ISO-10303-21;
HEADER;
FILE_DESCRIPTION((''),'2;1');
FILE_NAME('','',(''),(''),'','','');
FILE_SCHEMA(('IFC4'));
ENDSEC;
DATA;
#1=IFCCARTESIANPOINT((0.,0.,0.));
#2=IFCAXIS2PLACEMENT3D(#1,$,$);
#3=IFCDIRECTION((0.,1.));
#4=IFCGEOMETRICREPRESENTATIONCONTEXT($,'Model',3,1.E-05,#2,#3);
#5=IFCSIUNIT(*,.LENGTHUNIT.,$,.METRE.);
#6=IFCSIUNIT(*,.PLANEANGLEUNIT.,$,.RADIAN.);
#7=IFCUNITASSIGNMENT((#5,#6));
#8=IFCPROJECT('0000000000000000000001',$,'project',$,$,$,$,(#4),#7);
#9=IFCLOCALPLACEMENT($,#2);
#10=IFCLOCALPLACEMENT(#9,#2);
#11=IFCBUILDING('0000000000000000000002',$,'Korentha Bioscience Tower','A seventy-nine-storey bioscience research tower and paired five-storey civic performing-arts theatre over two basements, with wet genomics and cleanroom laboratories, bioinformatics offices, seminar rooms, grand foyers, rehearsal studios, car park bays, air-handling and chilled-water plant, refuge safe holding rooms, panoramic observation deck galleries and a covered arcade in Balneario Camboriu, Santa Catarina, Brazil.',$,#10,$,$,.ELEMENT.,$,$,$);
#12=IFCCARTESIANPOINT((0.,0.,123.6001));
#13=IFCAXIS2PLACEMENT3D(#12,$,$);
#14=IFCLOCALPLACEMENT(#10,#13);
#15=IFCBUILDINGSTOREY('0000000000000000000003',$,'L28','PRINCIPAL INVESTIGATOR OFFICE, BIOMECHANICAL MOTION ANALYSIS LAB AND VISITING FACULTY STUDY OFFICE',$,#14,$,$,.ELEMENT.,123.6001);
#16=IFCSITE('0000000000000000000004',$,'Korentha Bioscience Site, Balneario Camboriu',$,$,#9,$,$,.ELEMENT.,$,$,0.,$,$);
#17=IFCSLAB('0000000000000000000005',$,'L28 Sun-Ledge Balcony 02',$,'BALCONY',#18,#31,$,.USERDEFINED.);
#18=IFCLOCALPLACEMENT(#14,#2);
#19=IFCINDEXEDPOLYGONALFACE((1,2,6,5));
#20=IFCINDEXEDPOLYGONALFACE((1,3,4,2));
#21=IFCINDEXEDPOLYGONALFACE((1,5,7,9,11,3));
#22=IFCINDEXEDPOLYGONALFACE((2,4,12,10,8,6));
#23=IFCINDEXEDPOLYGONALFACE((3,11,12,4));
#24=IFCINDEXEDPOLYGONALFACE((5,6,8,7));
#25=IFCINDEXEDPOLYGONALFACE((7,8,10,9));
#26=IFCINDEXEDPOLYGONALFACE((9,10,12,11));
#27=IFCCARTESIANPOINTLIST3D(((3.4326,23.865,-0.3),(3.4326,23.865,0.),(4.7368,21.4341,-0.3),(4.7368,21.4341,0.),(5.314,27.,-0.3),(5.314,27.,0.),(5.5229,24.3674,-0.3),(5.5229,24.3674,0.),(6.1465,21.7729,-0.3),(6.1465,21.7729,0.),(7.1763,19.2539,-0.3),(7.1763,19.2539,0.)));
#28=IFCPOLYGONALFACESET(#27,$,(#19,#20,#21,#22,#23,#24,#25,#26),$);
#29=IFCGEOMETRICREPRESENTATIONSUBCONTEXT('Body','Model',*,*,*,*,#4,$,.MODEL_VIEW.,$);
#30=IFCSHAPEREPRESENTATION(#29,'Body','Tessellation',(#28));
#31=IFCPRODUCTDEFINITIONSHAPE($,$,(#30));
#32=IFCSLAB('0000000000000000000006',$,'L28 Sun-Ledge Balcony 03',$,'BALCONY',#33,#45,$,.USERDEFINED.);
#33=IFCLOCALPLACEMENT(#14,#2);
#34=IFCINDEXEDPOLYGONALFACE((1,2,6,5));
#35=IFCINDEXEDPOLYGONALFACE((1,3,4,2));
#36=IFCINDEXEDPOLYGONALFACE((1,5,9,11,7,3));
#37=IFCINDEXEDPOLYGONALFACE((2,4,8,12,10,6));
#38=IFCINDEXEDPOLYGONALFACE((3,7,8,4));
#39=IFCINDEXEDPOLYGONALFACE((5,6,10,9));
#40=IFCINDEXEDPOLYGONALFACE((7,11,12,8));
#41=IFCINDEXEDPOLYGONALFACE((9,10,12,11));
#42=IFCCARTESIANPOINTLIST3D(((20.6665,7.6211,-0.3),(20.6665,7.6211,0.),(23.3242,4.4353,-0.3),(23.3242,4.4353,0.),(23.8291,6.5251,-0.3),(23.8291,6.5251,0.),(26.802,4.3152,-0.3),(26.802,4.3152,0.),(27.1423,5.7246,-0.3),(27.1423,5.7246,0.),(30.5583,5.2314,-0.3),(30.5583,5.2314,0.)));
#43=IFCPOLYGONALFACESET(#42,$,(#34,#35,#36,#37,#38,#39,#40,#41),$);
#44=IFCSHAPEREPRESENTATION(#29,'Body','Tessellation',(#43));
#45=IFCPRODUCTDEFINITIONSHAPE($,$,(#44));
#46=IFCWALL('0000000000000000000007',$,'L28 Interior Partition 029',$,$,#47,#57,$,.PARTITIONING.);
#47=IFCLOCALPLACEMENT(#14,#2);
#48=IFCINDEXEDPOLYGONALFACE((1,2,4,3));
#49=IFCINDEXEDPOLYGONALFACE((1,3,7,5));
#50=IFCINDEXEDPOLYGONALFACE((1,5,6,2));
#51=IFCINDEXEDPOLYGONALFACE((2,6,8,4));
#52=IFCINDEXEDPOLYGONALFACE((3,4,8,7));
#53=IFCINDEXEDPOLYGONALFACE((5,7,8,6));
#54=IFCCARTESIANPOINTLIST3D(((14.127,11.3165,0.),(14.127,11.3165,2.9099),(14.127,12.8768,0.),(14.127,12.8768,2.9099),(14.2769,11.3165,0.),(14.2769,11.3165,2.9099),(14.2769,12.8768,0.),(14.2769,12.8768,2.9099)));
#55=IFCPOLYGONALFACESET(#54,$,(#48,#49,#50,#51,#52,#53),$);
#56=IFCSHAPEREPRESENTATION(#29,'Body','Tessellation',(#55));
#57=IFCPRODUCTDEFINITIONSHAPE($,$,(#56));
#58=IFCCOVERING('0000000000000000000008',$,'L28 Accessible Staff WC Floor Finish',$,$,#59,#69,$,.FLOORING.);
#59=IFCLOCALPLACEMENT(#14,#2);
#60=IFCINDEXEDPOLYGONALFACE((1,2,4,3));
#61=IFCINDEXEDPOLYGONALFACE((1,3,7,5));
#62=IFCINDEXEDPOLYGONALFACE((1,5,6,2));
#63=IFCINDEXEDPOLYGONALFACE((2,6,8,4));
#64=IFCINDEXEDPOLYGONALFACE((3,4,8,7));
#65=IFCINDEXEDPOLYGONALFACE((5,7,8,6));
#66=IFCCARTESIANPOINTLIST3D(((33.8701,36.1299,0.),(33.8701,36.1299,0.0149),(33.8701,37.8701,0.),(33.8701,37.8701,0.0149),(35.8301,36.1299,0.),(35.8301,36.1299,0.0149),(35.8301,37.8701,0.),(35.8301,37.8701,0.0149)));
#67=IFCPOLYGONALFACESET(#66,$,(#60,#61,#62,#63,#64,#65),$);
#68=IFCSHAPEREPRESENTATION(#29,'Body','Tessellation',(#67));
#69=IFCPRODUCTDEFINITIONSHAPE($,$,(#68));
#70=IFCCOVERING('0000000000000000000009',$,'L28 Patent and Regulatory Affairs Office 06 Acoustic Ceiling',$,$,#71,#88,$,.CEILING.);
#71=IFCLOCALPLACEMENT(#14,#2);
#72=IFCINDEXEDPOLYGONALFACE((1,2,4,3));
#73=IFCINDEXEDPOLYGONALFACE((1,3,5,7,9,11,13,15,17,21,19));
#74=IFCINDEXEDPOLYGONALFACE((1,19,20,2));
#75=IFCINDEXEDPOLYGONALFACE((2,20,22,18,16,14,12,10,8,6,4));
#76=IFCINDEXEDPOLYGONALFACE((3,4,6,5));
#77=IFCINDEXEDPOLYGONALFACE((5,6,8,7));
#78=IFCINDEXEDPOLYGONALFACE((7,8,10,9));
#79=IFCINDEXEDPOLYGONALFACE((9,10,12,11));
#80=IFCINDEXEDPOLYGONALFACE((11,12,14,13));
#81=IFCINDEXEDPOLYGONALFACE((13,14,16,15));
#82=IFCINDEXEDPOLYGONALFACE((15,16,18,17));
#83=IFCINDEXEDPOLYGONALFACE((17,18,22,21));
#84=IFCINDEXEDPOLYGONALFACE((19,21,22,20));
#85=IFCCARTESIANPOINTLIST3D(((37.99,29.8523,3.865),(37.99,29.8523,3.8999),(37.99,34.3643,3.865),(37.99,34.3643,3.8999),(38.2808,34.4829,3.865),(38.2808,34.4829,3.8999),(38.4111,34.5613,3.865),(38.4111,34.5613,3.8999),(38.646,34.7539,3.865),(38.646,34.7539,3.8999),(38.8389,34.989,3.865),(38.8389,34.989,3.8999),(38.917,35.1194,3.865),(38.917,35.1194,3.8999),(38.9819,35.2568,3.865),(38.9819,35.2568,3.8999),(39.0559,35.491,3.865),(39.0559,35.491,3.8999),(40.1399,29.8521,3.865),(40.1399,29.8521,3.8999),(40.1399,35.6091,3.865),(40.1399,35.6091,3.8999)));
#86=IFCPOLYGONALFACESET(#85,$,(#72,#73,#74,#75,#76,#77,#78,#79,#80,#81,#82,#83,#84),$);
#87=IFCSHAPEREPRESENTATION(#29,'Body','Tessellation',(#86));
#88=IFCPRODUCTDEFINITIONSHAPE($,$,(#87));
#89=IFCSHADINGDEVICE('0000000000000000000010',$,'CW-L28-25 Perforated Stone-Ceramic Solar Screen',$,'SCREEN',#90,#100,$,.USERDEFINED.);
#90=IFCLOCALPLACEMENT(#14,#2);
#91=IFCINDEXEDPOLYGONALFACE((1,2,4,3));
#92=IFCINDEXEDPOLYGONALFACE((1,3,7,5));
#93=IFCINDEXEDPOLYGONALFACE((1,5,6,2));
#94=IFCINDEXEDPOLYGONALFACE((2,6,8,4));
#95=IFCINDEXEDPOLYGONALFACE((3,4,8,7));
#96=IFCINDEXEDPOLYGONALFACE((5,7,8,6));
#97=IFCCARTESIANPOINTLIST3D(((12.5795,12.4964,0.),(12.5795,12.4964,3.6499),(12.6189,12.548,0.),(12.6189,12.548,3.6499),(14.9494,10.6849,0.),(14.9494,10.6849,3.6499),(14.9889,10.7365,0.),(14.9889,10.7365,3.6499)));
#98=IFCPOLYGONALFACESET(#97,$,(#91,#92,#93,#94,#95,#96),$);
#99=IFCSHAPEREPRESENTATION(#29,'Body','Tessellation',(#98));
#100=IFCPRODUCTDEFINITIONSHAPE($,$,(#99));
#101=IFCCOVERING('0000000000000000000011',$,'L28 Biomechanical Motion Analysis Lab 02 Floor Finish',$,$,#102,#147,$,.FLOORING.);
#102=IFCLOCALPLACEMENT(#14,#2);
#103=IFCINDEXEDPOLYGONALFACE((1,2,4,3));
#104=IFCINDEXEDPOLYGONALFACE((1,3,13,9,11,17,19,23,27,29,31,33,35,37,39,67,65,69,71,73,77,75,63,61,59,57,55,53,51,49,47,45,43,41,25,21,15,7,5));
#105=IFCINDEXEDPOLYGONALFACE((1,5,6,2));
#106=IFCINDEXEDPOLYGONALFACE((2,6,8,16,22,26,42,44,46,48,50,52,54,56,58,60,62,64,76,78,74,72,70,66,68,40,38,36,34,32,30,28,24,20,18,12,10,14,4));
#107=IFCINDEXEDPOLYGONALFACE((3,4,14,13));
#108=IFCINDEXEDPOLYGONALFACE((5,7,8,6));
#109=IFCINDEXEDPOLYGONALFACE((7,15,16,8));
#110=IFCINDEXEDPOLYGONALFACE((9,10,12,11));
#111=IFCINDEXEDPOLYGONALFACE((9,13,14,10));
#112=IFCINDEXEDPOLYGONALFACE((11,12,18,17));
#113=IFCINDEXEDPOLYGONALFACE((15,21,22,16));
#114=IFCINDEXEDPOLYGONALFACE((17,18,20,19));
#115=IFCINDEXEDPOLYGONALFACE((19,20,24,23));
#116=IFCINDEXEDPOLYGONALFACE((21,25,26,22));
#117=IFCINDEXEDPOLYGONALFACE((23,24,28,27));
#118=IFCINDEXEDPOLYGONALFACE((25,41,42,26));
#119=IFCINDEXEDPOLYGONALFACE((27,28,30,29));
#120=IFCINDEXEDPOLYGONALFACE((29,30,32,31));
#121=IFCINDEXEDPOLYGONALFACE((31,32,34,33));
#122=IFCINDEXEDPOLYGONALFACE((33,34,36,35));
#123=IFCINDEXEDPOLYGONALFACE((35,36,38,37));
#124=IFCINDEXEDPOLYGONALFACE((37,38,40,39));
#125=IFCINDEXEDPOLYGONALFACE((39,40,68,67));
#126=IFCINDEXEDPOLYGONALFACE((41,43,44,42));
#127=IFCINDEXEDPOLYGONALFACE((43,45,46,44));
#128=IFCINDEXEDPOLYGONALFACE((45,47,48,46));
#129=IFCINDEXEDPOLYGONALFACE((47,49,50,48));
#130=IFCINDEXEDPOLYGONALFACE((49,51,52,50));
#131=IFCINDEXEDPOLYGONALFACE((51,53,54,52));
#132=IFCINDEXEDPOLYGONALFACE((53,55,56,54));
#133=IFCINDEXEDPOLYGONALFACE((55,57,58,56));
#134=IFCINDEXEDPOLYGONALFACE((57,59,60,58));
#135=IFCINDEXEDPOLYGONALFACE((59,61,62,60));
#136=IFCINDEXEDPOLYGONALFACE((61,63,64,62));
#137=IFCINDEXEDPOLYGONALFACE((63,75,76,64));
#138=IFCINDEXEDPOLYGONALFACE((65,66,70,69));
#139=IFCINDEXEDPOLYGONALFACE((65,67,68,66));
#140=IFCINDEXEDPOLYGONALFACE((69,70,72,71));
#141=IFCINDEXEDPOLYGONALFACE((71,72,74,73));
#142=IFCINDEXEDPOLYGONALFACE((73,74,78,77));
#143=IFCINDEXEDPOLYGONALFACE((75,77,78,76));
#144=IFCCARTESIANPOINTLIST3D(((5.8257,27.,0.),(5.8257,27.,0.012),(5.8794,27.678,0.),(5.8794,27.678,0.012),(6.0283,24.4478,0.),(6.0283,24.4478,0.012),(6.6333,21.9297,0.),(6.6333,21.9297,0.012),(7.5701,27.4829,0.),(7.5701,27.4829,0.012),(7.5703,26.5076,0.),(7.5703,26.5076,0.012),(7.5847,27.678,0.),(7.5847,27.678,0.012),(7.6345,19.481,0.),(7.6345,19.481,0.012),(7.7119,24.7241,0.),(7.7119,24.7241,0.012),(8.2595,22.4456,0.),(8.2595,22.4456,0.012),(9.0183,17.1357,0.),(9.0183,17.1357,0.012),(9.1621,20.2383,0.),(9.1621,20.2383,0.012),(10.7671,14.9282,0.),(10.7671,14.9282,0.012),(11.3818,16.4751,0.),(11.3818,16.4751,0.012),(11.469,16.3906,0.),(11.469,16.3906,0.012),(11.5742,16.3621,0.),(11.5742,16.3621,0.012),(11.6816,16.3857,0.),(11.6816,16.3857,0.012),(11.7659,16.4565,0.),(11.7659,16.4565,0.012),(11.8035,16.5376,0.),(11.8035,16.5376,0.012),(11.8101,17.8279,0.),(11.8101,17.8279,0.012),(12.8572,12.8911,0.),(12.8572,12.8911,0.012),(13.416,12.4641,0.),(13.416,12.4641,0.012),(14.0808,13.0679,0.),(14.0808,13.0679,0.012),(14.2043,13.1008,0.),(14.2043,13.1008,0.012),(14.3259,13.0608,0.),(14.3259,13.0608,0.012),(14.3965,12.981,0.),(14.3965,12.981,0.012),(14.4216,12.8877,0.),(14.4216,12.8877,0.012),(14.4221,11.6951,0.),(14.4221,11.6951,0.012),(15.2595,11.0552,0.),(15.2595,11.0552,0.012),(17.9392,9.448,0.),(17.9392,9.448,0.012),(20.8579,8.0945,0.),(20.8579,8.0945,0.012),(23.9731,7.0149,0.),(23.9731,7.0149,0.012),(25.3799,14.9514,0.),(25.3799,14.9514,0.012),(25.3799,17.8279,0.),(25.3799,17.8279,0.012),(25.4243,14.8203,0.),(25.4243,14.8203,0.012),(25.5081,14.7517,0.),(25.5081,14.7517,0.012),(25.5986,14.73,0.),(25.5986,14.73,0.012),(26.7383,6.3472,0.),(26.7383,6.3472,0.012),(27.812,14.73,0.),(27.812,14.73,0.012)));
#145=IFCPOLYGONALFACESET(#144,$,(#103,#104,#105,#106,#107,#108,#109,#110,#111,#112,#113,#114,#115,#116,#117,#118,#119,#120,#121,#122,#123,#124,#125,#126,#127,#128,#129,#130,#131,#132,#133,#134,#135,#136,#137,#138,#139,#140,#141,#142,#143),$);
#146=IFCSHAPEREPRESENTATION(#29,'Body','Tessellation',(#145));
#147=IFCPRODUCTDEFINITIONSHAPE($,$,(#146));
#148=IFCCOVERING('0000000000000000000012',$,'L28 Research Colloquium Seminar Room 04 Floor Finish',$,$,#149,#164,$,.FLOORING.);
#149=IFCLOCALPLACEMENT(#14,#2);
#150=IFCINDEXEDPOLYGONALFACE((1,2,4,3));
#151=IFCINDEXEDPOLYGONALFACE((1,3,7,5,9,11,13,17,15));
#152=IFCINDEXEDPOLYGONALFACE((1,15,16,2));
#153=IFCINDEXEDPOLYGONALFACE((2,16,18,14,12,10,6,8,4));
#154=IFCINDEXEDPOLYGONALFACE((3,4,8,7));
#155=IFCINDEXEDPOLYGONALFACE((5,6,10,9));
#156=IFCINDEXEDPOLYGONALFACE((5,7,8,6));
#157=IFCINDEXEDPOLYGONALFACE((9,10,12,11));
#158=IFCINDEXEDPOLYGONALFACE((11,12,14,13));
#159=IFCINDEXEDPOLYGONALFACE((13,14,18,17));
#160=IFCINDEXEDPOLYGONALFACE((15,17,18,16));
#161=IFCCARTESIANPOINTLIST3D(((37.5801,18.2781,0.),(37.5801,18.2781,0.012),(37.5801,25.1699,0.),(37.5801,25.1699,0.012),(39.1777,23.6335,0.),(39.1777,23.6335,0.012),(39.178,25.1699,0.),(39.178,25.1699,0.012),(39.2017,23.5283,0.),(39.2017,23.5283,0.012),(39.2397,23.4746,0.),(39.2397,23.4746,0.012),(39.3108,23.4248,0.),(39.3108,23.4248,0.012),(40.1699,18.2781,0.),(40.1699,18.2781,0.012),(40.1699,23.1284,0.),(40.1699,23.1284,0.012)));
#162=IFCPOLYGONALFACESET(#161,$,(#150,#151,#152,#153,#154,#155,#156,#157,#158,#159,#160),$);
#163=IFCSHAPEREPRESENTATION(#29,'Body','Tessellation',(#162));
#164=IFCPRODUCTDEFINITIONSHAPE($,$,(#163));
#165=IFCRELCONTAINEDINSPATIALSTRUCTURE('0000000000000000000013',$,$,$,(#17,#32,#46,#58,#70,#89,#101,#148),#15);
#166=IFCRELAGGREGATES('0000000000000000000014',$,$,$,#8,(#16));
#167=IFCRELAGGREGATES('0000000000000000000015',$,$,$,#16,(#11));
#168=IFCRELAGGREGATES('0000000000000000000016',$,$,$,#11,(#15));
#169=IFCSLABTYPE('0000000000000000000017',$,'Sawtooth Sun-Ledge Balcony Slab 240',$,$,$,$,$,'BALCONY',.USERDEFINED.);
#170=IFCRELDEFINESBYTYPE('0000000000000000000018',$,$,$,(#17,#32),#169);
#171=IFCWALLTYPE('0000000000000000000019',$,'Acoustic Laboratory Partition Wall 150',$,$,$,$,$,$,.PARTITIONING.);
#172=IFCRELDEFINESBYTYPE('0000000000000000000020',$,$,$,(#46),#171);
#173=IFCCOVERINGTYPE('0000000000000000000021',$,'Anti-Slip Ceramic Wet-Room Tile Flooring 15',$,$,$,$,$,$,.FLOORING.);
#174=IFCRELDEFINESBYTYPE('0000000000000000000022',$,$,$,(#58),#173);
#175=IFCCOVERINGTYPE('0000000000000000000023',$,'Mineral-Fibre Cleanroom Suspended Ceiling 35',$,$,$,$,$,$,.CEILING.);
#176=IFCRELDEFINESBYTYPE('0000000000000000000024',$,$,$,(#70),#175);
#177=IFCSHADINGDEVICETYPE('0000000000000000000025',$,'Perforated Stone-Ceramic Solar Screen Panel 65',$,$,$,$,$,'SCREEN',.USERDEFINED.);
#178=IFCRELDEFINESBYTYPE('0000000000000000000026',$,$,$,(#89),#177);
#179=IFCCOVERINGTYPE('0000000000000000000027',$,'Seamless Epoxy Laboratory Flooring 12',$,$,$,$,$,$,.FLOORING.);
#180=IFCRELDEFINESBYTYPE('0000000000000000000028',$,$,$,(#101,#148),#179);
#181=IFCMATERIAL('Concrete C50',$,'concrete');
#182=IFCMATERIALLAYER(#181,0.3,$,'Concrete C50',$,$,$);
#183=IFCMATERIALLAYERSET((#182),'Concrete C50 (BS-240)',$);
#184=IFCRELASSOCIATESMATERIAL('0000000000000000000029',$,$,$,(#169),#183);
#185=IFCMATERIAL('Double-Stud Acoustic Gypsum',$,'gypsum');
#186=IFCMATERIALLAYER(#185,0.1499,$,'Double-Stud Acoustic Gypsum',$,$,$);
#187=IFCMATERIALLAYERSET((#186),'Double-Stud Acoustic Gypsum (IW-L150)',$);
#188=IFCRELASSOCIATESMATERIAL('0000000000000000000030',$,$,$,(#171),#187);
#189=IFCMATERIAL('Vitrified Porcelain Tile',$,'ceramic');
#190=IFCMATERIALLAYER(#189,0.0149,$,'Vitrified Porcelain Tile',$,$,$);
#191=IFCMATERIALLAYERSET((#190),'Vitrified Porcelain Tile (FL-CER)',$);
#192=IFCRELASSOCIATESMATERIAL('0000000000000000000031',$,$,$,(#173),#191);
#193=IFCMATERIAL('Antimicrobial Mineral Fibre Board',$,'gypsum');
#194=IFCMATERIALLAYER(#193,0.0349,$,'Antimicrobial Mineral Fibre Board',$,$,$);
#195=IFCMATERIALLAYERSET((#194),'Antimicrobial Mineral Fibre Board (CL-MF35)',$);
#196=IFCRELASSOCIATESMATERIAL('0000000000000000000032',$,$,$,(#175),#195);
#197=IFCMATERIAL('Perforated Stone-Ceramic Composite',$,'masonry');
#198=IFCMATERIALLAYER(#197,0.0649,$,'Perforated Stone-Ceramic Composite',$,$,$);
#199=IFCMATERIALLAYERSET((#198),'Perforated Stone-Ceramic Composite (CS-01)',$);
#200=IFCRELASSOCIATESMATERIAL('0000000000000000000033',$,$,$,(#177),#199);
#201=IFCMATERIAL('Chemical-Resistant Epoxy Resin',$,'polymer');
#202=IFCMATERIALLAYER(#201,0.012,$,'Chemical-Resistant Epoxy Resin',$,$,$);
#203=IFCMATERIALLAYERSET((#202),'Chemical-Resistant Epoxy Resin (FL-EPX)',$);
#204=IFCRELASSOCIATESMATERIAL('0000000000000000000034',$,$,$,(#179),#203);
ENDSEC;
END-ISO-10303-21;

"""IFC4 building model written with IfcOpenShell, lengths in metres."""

from ifc_helpers import new_model, si_unit, direction, frame, frame_2d, origin, origin_2d, place, context, subcontext, project, spatial, polyline, rectangle, outline, extrude, material, layer, layer_set, type_object, element, save


model = new_model("IFC4")

# Units and contexts
model_context = context("Model", 3, precision=1e-05, world=origin(), true_north=direction((0.0, 1.0)))
body_context = subcontext(model_context, "Body", "Model", "MODEL_VIEW")
ifc_project = project(units=[si_unit("LENGTHUNIT", "METRE"), si_unit("PLANEANGLEUNIT", "RADIAN")], contexts=[model_context])

# Site, building, storey
site_placement = place(None, origin())
site = spatial("IfcSite", under=ifc_project, at=site_placement, Name="Korentha Bioscience Site, Balneario Camboriu", CompositionType="ELEMENT", RefElevation=0.0)
building_placement = place(site_placement, origin())
building = spatial("IfcBuilding", under=site, at=building_placement, Name="Korentha Bioscience Tower", Description="A seventy-nine-storey bioscience research tower and paired five-storey civic performing-arts theatre over two basements, with wet genomics and cleanroom laboratories, bioinformatics offices, seminar rooms, grand foyers, rehearsal studios, car park bays, air-handling and chilled-water plant, refuge safe holding rooms, panoramic observation deck galleries and a covered arcade in Balneario Camboriu, Santa Catarina, Brazil.", CompositionType="ELEMENT")
storey_placement = place(building_placement, frame((0.0, 0.0, 123.6001)))
storey = spatial("IfcBuildingStorey", under=building, at=storey_placement, Name="L28", Description="PRINCIPAL INVESTIGATOR OFFICE, BIOMECHANICAL MOTION ANALYSIS LAB AND VISITING FACULTY STUDY OFFICE", CompositionType="ELEMENT", Elevation=123.6001)

# Shared definitions
ifc_material_1 = material(Name="Concrete C50", Category="concrete")

# Slabs
ifc_layer_1 = layer(ifc_material_1, 0.3, Name="Concrete C50")
ifc_layer_set_1 = layer_set([ifc_layer_1], Name="Concrete C50 (BS-240)")
slab_type_1 = type_object("IfcSlabType", Name="Sawtooth Sun-Ledge Balcony Slab 240", ElementType="BALCONY", PredefinedType="USERDEFINED", material=ifc_layer_set_1)
slab_1_placement = place(storey_placement, frame((0.0, 0.0, -0.3)))
element("IfcSlab", 1, at=slab_1_placement, inside=storey, type_object=slab_type_1, Name="L28 Sun-Ledge Balcony 02", ObjectType="BALCONY", PredefinedType="USERDEFINED", context=body_context, shape_type="SweptSolid", body=[
    extrude(outline(polyline([(7.1763, 19.2539), (6.1465, 21.7729), (5.5229, 24.3674), (5.314, 27.0), (3.4326, 23.865), (4.7368, 21.4341), (7.1763, 19.2539)])), origin(), (0.0, 0.0, 1.0), 0.3),
])
slab_2_placement = place(storey_placement, frame((0.0, 0.0, -0.3)))
element("IfcSlab", 2, at=slab_2_placement, inside=storey, type_object=slab_type_1, Name="L28 Sun-Ledge Balcony 03", ObjectType="BALCONY", PredefinedType="USERDEFINED", context=body_context, shape_type="SweptSolid", body=[
    extrude(outline(polyline([(30.5583, 5.2314), (27.1423, 5.7246), (23.8291, 6.5251), (20.6665, 7.6211), (23.3242, 4.4353), (26.802, 4.3152), (30.5583, 5.2314)])), origin(), (0.0, 0.0, 1.0), 0.3),
])

# Wall
ifc_material_2 = material(Name="Double-Stud Acoustic Gypsum", Category="gypsum")
ifc_layer_2 = layer(ifc_material_2, 0.1499, Name="Double-Stud Acoustic Gypsum")
ifc_layer_set_2 = layer_set([ifc_layer_2], Name="Double-Stud Acoustic Gypsum (IW-L150)")
wall_type = type_object("IfcWallType", Name="Acoustic Laboratory Partition Wall 150", PredefinedType="PARTITIONING", material=ifc_layer_set_2)
wall_placement = place(storey_placement, frame((14.2019, 11.3164, 0.0), z_axis=(0.0, 0.0, 1.0), x_axis=(0.0, 1.0, 0.0)))
element("IfcWall", 3, at=wall_placement, inside=storey, type_object=wall_type, Name="L28 Interior Partition 029", PredefinedType="PARTITIONING", context=body_context, shape_type="SweptSolid", body=[
    extrude(rectangle(XDim=1.5603, YDim=0.1499, at=frame_2d((0.7803, 0.0))), origin(), (0.0, 0.0, 1.0), 2.9099),
])

# Coverings
ifc_material_3 = material(Name="Vitrified Porcelain Tile", Category="ceramic")
ifc_layer_3 = layer(ifc_material_3, 0.0149, Name="Vitrified Porcelain Tile")
ifc_layer_set_3 = layer_set([ifc_layer_3], Name="Vitrified Porcelain Tile (FL-CER)")
covering_type_1 = type_object("IfcCoveringType", Name="Anti-Slip Ceramic Wet-Room Tile Flooring 15", PredefinedType="FLOORING", material=ifc_layer_set_3)
covering_1_placement = place(storey_placement, origin())
element("IfcCovering", 4, at=covering_1_placement, inside=storey, type_object=covering_type_1, Name="L28 Accessible Staff WC Floor Finish", PredefinedType="FLOORING", context=body_context, shape_type="SweptSolid", body=[
    extrude(outline(polyline([(33.8701, 36.1299), (33.8701, 37.8701), (35.8301, 37.8701), (35.8301, 36.1299), (33.8701, 36.1299)])), origin(), (0.0, 0.0, 1.0), 0.0149),
])
ifc_material_4 = material(Name="Antimicrobial Mineral Fibre Board", Category="gypsum")
ifc_layer_4 = layer(ifc_material_4, 0.0349, Name="Antimicrobial Mineral Fibre Board")
ifc_layer_set_4 = layer_set([ifc_layer_4], Name="Antimicrobial Mineral Fibre Board (CL-MF35)")
covering_type_2 = type_object("IfcCoveringType", Name="Mineral-Fibre Cleanroom Suspended Ceiling 35", PredefinedType="CEILING", material=ifc_layer_set_4)
covering_2_placement = place(storey_placement, frame((0.0, 0.0, 3.865)))
element("IfcCovering", 5, at=covering_2_placement, inside=storey, type_object=covering_type_2, Name="L28 Patent and Regulatory Affairs Office 06 Acoustic Ceiling", PredefinedType="CEILING", context=body_context, shape_type="SweptSolid", body=[
    extrude(outline(polyline([(40.1399, 29.8521), (37.99, 29.8523), (37.99, 34.3643), (38.2808, 34.4829), (38.4111, 34.5613), (38.646, 34.7539), (38.8389, 34.989), (38.917, 35.1194), (38.9819, 35.2568), (39.0559, 35.491), (40.1399, 35.6091), (40.1399, 29.8521)])), origin(), (0.0, 0.0, 1.0), 0.0349),
])

# Shading device
ifc_material_5 = material(Name="Perforated Stone-Ceramic Composite", Category="masonry")
ifc_layer_5 = layer(ifc_material_5, 0.0649, Name="Perforated Stone-Ceramic Composite")
ifc_layer_set_5 = layer_set([ifc_layer_5], Name="Perforated Stone-Ceramic Composite (CS-01)")
shading_device_type_1 = type_object("IfcShadingDeviceType", Name="Perforated Stone-Ceramic Solar Screen Panel 65", ElementType="SCREEN", PredefinedType="USERDEFINED", material=ifc_layer_set_5)
shading_device_1_placement = place(storey_placement, frame((13.7842, 11.6165, 0.0), z_axis=(0.0, 0.0, 1.0), x_axis=(0.7945, -0.607265, 0.0)))
element("IfcShadingDevice", 6, at=shading_device_1_placement, inside=storey, type_object=shading_device_type_1, Name="CW-L28-25 Perforated Stone-Ceramic Solar Screen", ObjectType="SCREEN", PredefinedType="USERDEFINED", context=body_context, shape_type="SweptSolid", body=[
    extrude(rectangle(XDim=2.9829, YDim=0.0649, at=origin_2d()), origin(), (0.0, 0.0, 1.0), 3.6499),
])

# Coverings
ifc_material_6 = material(Name="Chemical-Resistant Epoxy Resin", Category="polymer")
ifc_layer_6 = layer(ifc_material_6, 0.012, Name="Chemical-Resistant Epoxy Resin")
ifc_layer_set_6 = layer_set([ifc_layer_6], Name="Chemical-Resistant Epoxy Resin (FL-EPX)")
covering_type_3 = type_object("IfcCoveringType", Name="Seamless Epoxy Laboratory Flooring 12", PredefinedType="FLOORING", material=ifc_layer_set_6)
covering_3_placement = place(storey_placement, origin())
element("IfcCovering", 7, at=covering_3_placement, inside=storey, type_object=covering_type_3, Name="L28 Biomechanical Motion Analysis Lab 02 Floor Finish", PredefinedType="FLOORING", context=body_context, shape_type="SweptSolid", body=[
    extrude(outline(polyline([(5.8794, 27.678), (7.5847, 27.678), (7.5701, 27.4829), (7.5703, 26.5076), (7.7119, 24.7241), (8.2595, 22.4456), (9.1621, 20.2383), (11.3818, 16.4751), (11.469, 16.3906), (11.5742, 16.3621), (11.6816, 16.3857), (11.7659, 16.4565), (11.8035, 16.5376), (11.8101, 17.8279), (25.3799, 17.8279), (25.3799, 14.9514), (25.4243, 14.8203), (25.5081, 14.7517), (25.5986, 14.73), (27.812, 14.73), (26.7383, 6.3472), (23.9731, 7.0149), (20.8579, 8.0945), (17.9392, 9.448), (15.2595, 11.0552), (14.4221, 11.6951), (14.4216, 12.8877), (14.3965, 12.981), (14.3259, 13.0608), (14.2043, 13.1008), (14.0808, 13.0679), (13.416, 12.4641), (12.8572, 12.8911), (10.7671, 14.9282), (9.0183, 17.1357), (7.6345, 19.481), (6.6333, 21.9297), (6.0283, 24.4478), (5.8257, 27.0), (5.8794, 27.678)])), origin(), (0.0, 0.0, 1.0), 0.012),
])
covering_4_placement = place(storey_placement, origin())
element("IfcCovering", 8, at=covering_4_placement, inside=storey, type_object=covering_type_3, Name="L28 Research Colloquium Seminar Room 04 Floor Finish", PredefinedType="FLOORING", context=body_context, shape_type="SweptSolid", body=[
    extrude(outline(polyline([(37.5801, 25.1699), (39.178, 25.1699), (39.1777, 23.6335), (39.2017, 23.5283), (39.2397, 23.4746), (39.3108, 23.4248), (40.1699, 23.1284), (40.1699, 18.2781), (37.5801, 18.2781), (37.5801, 25.1699)])), origin(), (0.0, 0.0, 1.0), 0.012),
])

save(model, "model.ifc")
